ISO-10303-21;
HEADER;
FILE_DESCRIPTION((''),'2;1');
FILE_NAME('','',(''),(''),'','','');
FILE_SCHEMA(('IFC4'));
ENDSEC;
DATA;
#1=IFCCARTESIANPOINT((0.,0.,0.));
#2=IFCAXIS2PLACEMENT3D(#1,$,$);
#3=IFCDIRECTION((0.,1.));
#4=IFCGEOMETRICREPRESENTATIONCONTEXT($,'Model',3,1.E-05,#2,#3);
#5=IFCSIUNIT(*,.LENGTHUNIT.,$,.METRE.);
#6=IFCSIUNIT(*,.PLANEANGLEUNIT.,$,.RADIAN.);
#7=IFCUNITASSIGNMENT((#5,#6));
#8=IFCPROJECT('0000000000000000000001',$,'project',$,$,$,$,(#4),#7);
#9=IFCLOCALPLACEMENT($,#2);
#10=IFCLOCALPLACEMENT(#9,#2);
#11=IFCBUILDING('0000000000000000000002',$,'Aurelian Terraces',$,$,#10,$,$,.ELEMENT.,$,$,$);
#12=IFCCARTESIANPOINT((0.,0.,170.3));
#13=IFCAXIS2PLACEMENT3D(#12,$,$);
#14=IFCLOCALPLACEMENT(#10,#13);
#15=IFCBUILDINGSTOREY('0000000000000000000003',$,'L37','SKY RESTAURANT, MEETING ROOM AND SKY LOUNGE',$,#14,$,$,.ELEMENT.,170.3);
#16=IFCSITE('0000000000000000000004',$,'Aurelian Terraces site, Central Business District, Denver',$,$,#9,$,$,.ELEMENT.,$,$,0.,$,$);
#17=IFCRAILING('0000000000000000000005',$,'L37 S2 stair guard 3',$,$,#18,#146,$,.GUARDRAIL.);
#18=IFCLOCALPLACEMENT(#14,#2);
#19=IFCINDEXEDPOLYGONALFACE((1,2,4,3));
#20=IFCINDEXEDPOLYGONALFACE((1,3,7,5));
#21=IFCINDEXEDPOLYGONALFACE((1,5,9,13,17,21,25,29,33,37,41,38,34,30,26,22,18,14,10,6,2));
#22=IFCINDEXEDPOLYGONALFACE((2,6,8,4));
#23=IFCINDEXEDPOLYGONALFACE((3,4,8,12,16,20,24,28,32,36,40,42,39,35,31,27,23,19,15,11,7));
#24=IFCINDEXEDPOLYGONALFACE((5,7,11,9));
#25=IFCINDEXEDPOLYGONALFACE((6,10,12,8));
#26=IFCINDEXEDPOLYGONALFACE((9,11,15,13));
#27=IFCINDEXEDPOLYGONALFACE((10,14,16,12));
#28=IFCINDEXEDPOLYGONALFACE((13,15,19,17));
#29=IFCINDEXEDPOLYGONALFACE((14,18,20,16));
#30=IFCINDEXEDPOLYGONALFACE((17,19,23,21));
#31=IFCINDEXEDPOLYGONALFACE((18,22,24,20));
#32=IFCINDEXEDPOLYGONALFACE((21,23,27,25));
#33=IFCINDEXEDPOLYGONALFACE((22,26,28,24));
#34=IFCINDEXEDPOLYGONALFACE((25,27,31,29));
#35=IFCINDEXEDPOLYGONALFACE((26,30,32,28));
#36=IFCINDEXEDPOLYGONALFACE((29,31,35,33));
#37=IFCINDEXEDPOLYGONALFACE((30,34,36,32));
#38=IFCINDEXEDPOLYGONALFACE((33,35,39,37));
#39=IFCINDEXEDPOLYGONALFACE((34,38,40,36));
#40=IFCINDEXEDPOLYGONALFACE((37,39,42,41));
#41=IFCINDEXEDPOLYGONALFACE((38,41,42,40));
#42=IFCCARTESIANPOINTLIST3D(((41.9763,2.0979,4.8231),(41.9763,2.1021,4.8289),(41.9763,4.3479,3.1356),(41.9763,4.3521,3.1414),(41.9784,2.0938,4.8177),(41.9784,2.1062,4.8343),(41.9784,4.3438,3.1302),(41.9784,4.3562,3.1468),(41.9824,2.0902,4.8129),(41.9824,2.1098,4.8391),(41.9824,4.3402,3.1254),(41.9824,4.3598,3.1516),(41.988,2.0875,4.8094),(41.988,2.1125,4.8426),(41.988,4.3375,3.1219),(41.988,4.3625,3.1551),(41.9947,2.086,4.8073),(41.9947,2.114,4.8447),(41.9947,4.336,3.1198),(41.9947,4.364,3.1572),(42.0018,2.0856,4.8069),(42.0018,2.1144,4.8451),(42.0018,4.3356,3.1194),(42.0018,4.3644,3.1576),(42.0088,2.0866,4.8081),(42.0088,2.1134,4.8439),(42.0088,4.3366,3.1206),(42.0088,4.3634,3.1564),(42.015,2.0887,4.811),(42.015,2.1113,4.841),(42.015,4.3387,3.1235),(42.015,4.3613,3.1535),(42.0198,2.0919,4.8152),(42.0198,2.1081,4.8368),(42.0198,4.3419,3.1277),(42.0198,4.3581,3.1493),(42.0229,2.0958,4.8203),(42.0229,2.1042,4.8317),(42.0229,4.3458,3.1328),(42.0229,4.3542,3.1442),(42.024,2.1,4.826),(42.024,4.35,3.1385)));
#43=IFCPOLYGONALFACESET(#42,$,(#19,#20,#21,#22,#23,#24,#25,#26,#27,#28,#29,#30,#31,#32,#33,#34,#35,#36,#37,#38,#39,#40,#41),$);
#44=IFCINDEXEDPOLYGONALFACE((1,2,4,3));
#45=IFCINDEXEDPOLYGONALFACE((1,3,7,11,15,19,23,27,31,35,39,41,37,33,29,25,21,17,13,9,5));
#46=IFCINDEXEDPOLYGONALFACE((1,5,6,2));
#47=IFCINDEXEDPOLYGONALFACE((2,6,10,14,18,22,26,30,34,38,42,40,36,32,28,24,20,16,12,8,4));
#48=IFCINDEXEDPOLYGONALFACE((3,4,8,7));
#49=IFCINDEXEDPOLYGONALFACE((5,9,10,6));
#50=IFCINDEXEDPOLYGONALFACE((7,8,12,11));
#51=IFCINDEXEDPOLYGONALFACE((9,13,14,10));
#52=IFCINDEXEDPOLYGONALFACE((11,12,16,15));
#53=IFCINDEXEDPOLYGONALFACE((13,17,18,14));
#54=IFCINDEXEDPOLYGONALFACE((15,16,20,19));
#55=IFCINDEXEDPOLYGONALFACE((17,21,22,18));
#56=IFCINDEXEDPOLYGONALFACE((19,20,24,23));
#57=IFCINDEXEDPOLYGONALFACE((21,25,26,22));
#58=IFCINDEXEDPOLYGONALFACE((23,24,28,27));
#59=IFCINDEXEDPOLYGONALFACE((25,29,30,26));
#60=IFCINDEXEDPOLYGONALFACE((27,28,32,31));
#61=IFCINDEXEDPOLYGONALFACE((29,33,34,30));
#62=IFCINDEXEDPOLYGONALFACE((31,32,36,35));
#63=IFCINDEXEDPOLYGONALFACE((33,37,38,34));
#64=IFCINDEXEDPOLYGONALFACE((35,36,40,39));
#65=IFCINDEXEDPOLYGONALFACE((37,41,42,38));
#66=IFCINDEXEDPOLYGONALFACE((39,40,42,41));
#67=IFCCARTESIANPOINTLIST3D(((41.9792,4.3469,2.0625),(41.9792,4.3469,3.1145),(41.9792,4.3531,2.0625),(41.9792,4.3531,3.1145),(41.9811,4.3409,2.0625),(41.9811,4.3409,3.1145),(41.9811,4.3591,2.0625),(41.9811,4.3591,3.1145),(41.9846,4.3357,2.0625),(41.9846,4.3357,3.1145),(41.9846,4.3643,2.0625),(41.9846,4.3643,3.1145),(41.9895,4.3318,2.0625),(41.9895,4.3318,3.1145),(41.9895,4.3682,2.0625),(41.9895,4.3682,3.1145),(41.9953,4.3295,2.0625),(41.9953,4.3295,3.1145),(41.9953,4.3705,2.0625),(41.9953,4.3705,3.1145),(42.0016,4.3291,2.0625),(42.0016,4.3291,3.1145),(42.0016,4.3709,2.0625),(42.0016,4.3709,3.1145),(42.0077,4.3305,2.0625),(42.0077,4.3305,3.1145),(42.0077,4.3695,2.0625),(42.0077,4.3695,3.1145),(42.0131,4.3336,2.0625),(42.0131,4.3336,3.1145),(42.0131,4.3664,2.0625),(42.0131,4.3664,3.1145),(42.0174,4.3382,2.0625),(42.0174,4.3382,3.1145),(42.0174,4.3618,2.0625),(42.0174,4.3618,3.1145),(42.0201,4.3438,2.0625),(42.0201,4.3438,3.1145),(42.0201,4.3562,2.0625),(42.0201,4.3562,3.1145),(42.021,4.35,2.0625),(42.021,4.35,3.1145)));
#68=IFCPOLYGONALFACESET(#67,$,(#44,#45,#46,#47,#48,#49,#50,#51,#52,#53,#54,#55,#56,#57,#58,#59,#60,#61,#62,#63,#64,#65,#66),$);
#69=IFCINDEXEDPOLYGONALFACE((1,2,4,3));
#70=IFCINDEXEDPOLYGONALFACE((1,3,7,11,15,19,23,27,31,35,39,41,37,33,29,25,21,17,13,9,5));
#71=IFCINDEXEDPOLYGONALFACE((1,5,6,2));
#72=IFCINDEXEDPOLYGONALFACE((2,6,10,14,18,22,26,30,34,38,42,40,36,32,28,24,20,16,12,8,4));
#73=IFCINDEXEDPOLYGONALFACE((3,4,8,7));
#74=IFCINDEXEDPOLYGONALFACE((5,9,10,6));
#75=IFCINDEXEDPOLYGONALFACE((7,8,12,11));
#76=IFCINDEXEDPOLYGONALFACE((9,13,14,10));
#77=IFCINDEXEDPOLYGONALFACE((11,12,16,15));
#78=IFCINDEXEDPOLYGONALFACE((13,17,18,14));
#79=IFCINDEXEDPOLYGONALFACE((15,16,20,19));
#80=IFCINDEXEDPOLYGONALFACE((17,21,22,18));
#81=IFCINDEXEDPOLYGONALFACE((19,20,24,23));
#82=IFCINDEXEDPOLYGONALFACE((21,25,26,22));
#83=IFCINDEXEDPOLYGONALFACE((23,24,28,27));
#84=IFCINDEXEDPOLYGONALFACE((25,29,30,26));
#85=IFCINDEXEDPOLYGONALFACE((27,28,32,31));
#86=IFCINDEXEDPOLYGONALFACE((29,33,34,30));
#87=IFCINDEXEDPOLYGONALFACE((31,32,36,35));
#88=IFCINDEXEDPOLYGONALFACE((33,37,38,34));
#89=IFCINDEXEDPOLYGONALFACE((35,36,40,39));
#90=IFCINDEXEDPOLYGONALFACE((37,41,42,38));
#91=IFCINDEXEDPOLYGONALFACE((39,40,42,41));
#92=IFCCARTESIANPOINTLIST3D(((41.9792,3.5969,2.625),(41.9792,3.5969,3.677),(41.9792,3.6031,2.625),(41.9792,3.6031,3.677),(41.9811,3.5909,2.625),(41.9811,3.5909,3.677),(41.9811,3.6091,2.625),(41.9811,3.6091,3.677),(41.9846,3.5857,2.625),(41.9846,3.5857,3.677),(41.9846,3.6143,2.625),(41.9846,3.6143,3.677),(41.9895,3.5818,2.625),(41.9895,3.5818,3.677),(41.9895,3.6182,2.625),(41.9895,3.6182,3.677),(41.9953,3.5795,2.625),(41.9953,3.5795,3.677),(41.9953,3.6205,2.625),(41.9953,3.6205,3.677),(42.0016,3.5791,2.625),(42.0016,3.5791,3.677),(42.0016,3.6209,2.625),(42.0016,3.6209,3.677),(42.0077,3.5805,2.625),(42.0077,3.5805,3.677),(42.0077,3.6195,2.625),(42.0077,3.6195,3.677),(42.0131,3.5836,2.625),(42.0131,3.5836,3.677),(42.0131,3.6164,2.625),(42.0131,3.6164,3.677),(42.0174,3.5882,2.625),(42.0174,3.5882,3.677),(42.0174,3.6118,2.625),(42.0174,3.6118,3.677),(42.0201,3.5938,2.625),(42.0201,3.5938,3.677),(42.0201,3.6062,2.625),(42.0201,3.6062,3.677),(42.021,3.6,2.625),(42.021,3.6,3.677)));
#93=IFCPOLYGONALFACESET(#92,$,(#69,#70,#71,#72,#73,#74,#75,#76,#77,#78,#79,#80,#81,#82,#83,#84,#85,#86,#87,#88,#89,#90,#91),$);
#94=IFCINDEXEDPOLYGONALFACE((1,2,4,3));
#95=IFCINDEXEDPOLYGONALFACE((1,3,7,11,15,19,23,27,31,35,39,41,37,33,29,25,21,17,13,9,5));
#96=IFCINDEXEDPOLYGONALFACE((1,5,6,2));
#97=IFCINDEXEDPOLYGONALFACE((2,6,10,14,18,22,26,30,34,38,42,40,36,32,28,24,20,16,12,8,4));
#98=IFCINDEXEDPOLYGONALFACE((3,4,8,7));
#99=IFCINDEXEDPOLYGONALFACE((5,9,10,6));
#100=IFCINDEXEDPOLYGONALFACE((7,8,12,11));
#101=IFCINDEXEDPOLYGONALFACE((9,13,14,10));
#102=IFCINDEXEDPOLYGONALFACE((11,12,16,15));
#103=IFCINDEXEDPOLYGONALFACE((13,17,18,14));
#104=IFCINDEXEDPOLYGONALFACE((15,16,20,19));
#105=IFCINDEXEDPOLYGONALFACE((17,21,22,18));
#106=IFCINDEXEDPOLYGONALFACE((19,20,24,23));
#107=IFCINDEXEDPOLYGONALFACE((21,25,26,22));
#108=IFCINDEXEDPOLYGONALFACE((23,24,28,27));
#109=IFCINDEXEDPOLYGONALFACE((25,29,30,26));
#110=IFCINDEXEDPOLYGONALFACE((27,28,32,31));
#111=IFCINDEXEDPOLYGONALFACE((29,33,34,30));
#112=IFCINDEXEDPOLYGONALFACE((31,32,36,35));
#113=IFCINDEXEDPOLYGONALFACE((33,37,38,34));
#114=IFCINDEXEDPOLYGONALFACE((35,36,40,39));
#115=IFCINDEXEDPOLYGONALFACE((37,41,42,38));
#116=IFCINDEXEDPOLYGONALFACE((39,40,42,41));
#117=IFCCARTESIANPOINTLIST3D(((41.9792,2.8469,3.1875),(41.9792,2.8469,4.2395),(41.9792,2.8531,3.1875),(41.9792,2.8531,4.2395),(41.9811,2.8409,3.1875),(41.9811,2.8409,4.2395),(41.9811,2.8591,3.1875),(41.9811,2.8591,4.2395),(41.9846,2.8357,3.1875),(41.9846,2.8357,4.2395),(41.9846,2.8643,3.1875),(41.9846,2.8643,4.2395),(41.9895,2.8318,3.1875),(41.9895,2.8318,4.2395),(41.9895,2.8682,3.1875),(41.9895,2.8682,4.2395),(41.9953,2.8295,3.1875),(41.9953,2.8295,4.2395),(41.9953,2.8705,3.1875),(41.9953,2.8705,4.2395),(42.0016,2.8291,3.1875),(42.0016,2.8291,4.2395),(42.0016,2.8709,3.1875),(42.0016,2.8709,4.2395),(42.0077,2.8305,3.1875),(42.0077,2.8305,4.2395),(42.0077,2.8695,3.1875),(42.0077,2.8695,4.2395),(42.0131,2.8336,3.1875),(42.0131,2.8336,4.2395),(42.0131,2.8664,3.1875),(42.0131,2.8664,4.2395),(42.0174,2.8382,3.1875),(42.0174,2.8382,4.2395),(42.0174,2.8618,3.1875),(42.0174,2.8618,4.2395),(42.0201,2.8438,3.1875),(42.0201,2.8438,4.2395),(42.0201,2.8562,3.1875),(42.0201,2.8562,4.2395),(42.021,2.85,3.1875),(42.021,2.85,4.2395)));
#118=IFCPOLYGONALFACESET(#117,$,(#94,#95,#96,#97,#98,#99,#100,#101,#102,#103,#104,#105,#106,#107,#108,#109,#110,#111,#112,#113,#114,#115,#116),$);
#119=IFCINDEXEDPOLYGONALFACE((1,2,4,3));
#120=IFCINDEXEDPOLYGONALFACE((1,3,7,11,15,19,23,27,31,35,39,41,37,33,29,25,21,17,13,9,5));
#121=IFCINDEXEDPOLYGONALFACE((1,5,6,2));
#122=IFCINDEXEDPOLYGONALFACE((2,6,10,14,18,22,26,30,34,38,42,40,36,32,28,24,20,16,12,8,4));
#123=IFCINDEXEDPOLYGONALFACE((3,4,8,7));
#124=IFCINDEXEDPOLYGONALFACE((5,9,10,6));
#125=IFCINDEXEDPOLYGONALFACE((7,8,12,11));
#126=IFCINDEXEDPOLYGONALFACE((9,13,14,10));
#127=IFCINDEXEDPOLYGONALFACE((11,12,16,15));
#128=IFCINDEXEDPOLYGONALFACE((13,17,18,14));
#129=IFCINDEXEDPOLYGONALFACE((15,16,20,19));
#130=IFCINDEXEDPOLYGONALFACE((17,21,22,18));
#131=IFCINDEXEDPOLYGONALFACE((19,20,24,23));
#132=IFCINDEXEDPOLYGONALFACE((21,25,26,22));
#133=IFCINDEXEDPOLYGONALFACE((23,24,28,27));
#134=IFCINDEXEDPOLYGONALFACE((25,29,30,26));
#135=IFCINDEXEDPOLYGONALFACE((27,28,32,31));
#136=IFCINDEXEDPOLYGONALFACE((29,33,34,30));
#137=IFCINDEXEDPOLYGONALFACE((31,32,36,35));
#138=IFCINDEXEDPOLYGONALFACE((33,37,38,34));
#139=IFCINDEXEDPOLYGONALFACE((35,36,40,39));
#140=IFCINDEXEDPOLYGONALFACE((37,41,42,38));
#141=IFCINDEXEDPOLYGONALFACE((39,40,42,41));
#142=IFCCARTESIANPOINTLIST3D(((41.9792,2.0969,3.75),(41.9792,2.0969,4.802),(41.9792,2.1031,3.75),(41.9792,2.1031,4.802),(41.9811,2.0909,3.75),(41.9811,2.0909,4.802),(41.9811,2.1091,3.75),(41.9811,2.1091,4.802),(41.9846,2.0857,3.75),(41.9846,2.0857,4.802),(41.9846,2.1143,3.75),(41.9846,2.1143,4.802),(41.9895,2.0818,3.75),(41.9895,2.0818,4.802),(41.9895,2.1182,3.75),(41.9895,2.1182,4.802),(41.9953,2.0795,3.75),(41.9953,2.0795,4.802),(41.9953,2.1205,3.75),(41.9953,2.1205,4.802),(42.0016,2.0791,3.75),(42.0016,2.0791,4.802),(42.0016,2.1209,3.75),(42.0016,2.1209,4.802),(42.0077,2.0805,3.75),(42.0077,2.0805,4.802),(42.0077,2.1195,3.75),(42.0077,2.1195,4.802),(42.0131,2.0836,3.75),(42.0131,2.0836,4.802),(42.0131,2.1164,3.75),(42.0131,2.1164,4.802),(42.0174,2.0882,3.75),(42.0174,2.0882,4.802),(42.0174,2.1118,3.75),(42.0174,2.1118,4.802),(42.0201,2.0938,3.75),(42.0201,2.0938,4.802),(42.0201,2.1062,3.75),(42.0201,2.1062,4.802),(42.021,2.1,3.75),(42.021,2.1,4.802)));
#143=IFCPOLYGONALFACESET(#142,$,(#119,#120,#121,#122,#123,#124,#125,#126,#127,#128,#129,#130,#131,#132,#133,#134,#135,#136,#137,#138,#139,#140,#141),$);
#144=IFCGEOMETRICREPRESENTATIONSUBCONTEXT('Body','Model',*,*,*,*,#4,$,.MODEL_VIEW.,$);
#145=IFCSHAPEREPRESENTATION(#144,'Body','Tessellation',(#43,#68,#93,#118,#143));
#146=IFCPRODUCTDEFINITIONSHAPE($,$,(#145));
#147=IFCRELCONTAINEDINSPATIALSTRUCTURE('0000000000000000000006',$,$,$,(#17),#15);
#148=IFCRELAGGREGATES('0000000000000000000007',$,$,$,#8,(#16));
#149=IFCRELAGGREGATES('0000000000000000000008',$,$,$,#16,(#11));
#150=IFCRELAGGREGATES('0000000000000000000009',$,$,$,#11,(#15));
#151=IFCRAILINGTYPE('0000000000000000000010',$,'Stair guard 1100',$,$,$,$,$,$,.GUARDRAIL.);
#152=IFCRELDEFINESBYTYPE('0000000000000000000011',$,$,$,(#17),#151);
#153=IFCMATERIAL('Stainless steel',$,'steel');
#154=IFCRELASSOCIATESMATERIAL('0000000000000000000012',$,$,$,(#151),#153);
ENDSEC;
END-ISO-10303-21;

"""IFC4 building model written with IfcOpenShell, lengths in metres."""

from ifc_helpers import new_model, si_unit, direction, frame, origin, origin_2d, place, context, subcontext, project, spatial, circle, extrude, source, transform, mapped, material, type_object, element, save


model = new_model("IFC4")

# Units and contexts
model_context = context("Model", 3, precision=1e-05, world=origin(), true_north=direction((0.0, 1.0)))
body_context = subcontext(model_context, "Body", "Model", "MODEL_VIEW")
ifc_project = project(units=[si_unit("LENGTHUNIT", "METRE"), si_unit("PLANEANGLEUNIT", "RADIAN")], contexts=[model_context])

# Site, building, storey
site_placement = place(None, origin())
site = spatial("IfcSite", under=ifc_project, at=site_placement, Name="Aurelian Terraces site, Central Business District, Denver", CompositionType="ELEMENT", RefElevation=0.0)
building_placement = place(site_placement, origin())
building = spatial("IfcBuilding", under=site, at=building_placement, Name="Aurelian Terraces", CompositionType="ELEMENT")
storey_placement = place(building_placement, frame((0.0, 0.0, 170.3)))
storey = spatial("IfcBuildingStorey", under=building, at=storey_placement, Name="L37", Description="SKY RESTAURANT, MEETING ROOM AND SKY LOUNGE", CompositionType="ELEMENT", Elevation=170.3)

# Railing
ifc_material_1 = material(Name="Stainless steel", Category="steel")
railing_type_1 = type_object("IfcRailingType", Name="Stair guard 1100", PredefinedType="GUARDRAIL", material=ifc_material_1)
shared_shape_1 = source(origin(), body_context, "Body", "SweptSolid", [
    extrude(circle(Radius=0.024, at=origin_2d()), frame((0.0, 0.0, 1.076), z_axis=(0.0, -0.8, 0.6), x_axis=(1.0, 0.0, 0.0)), (0.0, 0.0, 1.0), 2.8125),
    extrude(circle(Radius=0.021, at=origin_2d()), origin(), (0.0, 0.0, 1.0), 1.052),
    extrude(circle(Radius=0.021, at=origin_2d()), frame((0.0, -0.75, 0.5625)), (0.0, 0.0, 1.0), 1.052),
    extrude(circle(Radius=0.021, at=origin_2d()), frame((0.0, -1.5, 1.125)), (0.0, 0.0, 1.0), 1.052),
    extrude(circle(Radius=0.021, at=origin_2d()), frame((0.0, -2.25, 1.6875)), (0.0, 0.0, 1.0), 1.052),
])
for number, where, name in (
    (1, (42.0, 4.35, 2.0625), "L37 S2 stair guard 3"),
):
    element("IfcRailing", number, at=place(storey_placement, frame(where)), inside=storey, type_object=railing_type_1, Name=name, PredefinedType="GUARDRAIL", context=body_context, shape_type="MappedRepresentation", body=[
        mapped(shared_shape_1, transform((0.0, 0.0, 0.0), scale=1.0)),
    ])

save(model, "model.ifc")
